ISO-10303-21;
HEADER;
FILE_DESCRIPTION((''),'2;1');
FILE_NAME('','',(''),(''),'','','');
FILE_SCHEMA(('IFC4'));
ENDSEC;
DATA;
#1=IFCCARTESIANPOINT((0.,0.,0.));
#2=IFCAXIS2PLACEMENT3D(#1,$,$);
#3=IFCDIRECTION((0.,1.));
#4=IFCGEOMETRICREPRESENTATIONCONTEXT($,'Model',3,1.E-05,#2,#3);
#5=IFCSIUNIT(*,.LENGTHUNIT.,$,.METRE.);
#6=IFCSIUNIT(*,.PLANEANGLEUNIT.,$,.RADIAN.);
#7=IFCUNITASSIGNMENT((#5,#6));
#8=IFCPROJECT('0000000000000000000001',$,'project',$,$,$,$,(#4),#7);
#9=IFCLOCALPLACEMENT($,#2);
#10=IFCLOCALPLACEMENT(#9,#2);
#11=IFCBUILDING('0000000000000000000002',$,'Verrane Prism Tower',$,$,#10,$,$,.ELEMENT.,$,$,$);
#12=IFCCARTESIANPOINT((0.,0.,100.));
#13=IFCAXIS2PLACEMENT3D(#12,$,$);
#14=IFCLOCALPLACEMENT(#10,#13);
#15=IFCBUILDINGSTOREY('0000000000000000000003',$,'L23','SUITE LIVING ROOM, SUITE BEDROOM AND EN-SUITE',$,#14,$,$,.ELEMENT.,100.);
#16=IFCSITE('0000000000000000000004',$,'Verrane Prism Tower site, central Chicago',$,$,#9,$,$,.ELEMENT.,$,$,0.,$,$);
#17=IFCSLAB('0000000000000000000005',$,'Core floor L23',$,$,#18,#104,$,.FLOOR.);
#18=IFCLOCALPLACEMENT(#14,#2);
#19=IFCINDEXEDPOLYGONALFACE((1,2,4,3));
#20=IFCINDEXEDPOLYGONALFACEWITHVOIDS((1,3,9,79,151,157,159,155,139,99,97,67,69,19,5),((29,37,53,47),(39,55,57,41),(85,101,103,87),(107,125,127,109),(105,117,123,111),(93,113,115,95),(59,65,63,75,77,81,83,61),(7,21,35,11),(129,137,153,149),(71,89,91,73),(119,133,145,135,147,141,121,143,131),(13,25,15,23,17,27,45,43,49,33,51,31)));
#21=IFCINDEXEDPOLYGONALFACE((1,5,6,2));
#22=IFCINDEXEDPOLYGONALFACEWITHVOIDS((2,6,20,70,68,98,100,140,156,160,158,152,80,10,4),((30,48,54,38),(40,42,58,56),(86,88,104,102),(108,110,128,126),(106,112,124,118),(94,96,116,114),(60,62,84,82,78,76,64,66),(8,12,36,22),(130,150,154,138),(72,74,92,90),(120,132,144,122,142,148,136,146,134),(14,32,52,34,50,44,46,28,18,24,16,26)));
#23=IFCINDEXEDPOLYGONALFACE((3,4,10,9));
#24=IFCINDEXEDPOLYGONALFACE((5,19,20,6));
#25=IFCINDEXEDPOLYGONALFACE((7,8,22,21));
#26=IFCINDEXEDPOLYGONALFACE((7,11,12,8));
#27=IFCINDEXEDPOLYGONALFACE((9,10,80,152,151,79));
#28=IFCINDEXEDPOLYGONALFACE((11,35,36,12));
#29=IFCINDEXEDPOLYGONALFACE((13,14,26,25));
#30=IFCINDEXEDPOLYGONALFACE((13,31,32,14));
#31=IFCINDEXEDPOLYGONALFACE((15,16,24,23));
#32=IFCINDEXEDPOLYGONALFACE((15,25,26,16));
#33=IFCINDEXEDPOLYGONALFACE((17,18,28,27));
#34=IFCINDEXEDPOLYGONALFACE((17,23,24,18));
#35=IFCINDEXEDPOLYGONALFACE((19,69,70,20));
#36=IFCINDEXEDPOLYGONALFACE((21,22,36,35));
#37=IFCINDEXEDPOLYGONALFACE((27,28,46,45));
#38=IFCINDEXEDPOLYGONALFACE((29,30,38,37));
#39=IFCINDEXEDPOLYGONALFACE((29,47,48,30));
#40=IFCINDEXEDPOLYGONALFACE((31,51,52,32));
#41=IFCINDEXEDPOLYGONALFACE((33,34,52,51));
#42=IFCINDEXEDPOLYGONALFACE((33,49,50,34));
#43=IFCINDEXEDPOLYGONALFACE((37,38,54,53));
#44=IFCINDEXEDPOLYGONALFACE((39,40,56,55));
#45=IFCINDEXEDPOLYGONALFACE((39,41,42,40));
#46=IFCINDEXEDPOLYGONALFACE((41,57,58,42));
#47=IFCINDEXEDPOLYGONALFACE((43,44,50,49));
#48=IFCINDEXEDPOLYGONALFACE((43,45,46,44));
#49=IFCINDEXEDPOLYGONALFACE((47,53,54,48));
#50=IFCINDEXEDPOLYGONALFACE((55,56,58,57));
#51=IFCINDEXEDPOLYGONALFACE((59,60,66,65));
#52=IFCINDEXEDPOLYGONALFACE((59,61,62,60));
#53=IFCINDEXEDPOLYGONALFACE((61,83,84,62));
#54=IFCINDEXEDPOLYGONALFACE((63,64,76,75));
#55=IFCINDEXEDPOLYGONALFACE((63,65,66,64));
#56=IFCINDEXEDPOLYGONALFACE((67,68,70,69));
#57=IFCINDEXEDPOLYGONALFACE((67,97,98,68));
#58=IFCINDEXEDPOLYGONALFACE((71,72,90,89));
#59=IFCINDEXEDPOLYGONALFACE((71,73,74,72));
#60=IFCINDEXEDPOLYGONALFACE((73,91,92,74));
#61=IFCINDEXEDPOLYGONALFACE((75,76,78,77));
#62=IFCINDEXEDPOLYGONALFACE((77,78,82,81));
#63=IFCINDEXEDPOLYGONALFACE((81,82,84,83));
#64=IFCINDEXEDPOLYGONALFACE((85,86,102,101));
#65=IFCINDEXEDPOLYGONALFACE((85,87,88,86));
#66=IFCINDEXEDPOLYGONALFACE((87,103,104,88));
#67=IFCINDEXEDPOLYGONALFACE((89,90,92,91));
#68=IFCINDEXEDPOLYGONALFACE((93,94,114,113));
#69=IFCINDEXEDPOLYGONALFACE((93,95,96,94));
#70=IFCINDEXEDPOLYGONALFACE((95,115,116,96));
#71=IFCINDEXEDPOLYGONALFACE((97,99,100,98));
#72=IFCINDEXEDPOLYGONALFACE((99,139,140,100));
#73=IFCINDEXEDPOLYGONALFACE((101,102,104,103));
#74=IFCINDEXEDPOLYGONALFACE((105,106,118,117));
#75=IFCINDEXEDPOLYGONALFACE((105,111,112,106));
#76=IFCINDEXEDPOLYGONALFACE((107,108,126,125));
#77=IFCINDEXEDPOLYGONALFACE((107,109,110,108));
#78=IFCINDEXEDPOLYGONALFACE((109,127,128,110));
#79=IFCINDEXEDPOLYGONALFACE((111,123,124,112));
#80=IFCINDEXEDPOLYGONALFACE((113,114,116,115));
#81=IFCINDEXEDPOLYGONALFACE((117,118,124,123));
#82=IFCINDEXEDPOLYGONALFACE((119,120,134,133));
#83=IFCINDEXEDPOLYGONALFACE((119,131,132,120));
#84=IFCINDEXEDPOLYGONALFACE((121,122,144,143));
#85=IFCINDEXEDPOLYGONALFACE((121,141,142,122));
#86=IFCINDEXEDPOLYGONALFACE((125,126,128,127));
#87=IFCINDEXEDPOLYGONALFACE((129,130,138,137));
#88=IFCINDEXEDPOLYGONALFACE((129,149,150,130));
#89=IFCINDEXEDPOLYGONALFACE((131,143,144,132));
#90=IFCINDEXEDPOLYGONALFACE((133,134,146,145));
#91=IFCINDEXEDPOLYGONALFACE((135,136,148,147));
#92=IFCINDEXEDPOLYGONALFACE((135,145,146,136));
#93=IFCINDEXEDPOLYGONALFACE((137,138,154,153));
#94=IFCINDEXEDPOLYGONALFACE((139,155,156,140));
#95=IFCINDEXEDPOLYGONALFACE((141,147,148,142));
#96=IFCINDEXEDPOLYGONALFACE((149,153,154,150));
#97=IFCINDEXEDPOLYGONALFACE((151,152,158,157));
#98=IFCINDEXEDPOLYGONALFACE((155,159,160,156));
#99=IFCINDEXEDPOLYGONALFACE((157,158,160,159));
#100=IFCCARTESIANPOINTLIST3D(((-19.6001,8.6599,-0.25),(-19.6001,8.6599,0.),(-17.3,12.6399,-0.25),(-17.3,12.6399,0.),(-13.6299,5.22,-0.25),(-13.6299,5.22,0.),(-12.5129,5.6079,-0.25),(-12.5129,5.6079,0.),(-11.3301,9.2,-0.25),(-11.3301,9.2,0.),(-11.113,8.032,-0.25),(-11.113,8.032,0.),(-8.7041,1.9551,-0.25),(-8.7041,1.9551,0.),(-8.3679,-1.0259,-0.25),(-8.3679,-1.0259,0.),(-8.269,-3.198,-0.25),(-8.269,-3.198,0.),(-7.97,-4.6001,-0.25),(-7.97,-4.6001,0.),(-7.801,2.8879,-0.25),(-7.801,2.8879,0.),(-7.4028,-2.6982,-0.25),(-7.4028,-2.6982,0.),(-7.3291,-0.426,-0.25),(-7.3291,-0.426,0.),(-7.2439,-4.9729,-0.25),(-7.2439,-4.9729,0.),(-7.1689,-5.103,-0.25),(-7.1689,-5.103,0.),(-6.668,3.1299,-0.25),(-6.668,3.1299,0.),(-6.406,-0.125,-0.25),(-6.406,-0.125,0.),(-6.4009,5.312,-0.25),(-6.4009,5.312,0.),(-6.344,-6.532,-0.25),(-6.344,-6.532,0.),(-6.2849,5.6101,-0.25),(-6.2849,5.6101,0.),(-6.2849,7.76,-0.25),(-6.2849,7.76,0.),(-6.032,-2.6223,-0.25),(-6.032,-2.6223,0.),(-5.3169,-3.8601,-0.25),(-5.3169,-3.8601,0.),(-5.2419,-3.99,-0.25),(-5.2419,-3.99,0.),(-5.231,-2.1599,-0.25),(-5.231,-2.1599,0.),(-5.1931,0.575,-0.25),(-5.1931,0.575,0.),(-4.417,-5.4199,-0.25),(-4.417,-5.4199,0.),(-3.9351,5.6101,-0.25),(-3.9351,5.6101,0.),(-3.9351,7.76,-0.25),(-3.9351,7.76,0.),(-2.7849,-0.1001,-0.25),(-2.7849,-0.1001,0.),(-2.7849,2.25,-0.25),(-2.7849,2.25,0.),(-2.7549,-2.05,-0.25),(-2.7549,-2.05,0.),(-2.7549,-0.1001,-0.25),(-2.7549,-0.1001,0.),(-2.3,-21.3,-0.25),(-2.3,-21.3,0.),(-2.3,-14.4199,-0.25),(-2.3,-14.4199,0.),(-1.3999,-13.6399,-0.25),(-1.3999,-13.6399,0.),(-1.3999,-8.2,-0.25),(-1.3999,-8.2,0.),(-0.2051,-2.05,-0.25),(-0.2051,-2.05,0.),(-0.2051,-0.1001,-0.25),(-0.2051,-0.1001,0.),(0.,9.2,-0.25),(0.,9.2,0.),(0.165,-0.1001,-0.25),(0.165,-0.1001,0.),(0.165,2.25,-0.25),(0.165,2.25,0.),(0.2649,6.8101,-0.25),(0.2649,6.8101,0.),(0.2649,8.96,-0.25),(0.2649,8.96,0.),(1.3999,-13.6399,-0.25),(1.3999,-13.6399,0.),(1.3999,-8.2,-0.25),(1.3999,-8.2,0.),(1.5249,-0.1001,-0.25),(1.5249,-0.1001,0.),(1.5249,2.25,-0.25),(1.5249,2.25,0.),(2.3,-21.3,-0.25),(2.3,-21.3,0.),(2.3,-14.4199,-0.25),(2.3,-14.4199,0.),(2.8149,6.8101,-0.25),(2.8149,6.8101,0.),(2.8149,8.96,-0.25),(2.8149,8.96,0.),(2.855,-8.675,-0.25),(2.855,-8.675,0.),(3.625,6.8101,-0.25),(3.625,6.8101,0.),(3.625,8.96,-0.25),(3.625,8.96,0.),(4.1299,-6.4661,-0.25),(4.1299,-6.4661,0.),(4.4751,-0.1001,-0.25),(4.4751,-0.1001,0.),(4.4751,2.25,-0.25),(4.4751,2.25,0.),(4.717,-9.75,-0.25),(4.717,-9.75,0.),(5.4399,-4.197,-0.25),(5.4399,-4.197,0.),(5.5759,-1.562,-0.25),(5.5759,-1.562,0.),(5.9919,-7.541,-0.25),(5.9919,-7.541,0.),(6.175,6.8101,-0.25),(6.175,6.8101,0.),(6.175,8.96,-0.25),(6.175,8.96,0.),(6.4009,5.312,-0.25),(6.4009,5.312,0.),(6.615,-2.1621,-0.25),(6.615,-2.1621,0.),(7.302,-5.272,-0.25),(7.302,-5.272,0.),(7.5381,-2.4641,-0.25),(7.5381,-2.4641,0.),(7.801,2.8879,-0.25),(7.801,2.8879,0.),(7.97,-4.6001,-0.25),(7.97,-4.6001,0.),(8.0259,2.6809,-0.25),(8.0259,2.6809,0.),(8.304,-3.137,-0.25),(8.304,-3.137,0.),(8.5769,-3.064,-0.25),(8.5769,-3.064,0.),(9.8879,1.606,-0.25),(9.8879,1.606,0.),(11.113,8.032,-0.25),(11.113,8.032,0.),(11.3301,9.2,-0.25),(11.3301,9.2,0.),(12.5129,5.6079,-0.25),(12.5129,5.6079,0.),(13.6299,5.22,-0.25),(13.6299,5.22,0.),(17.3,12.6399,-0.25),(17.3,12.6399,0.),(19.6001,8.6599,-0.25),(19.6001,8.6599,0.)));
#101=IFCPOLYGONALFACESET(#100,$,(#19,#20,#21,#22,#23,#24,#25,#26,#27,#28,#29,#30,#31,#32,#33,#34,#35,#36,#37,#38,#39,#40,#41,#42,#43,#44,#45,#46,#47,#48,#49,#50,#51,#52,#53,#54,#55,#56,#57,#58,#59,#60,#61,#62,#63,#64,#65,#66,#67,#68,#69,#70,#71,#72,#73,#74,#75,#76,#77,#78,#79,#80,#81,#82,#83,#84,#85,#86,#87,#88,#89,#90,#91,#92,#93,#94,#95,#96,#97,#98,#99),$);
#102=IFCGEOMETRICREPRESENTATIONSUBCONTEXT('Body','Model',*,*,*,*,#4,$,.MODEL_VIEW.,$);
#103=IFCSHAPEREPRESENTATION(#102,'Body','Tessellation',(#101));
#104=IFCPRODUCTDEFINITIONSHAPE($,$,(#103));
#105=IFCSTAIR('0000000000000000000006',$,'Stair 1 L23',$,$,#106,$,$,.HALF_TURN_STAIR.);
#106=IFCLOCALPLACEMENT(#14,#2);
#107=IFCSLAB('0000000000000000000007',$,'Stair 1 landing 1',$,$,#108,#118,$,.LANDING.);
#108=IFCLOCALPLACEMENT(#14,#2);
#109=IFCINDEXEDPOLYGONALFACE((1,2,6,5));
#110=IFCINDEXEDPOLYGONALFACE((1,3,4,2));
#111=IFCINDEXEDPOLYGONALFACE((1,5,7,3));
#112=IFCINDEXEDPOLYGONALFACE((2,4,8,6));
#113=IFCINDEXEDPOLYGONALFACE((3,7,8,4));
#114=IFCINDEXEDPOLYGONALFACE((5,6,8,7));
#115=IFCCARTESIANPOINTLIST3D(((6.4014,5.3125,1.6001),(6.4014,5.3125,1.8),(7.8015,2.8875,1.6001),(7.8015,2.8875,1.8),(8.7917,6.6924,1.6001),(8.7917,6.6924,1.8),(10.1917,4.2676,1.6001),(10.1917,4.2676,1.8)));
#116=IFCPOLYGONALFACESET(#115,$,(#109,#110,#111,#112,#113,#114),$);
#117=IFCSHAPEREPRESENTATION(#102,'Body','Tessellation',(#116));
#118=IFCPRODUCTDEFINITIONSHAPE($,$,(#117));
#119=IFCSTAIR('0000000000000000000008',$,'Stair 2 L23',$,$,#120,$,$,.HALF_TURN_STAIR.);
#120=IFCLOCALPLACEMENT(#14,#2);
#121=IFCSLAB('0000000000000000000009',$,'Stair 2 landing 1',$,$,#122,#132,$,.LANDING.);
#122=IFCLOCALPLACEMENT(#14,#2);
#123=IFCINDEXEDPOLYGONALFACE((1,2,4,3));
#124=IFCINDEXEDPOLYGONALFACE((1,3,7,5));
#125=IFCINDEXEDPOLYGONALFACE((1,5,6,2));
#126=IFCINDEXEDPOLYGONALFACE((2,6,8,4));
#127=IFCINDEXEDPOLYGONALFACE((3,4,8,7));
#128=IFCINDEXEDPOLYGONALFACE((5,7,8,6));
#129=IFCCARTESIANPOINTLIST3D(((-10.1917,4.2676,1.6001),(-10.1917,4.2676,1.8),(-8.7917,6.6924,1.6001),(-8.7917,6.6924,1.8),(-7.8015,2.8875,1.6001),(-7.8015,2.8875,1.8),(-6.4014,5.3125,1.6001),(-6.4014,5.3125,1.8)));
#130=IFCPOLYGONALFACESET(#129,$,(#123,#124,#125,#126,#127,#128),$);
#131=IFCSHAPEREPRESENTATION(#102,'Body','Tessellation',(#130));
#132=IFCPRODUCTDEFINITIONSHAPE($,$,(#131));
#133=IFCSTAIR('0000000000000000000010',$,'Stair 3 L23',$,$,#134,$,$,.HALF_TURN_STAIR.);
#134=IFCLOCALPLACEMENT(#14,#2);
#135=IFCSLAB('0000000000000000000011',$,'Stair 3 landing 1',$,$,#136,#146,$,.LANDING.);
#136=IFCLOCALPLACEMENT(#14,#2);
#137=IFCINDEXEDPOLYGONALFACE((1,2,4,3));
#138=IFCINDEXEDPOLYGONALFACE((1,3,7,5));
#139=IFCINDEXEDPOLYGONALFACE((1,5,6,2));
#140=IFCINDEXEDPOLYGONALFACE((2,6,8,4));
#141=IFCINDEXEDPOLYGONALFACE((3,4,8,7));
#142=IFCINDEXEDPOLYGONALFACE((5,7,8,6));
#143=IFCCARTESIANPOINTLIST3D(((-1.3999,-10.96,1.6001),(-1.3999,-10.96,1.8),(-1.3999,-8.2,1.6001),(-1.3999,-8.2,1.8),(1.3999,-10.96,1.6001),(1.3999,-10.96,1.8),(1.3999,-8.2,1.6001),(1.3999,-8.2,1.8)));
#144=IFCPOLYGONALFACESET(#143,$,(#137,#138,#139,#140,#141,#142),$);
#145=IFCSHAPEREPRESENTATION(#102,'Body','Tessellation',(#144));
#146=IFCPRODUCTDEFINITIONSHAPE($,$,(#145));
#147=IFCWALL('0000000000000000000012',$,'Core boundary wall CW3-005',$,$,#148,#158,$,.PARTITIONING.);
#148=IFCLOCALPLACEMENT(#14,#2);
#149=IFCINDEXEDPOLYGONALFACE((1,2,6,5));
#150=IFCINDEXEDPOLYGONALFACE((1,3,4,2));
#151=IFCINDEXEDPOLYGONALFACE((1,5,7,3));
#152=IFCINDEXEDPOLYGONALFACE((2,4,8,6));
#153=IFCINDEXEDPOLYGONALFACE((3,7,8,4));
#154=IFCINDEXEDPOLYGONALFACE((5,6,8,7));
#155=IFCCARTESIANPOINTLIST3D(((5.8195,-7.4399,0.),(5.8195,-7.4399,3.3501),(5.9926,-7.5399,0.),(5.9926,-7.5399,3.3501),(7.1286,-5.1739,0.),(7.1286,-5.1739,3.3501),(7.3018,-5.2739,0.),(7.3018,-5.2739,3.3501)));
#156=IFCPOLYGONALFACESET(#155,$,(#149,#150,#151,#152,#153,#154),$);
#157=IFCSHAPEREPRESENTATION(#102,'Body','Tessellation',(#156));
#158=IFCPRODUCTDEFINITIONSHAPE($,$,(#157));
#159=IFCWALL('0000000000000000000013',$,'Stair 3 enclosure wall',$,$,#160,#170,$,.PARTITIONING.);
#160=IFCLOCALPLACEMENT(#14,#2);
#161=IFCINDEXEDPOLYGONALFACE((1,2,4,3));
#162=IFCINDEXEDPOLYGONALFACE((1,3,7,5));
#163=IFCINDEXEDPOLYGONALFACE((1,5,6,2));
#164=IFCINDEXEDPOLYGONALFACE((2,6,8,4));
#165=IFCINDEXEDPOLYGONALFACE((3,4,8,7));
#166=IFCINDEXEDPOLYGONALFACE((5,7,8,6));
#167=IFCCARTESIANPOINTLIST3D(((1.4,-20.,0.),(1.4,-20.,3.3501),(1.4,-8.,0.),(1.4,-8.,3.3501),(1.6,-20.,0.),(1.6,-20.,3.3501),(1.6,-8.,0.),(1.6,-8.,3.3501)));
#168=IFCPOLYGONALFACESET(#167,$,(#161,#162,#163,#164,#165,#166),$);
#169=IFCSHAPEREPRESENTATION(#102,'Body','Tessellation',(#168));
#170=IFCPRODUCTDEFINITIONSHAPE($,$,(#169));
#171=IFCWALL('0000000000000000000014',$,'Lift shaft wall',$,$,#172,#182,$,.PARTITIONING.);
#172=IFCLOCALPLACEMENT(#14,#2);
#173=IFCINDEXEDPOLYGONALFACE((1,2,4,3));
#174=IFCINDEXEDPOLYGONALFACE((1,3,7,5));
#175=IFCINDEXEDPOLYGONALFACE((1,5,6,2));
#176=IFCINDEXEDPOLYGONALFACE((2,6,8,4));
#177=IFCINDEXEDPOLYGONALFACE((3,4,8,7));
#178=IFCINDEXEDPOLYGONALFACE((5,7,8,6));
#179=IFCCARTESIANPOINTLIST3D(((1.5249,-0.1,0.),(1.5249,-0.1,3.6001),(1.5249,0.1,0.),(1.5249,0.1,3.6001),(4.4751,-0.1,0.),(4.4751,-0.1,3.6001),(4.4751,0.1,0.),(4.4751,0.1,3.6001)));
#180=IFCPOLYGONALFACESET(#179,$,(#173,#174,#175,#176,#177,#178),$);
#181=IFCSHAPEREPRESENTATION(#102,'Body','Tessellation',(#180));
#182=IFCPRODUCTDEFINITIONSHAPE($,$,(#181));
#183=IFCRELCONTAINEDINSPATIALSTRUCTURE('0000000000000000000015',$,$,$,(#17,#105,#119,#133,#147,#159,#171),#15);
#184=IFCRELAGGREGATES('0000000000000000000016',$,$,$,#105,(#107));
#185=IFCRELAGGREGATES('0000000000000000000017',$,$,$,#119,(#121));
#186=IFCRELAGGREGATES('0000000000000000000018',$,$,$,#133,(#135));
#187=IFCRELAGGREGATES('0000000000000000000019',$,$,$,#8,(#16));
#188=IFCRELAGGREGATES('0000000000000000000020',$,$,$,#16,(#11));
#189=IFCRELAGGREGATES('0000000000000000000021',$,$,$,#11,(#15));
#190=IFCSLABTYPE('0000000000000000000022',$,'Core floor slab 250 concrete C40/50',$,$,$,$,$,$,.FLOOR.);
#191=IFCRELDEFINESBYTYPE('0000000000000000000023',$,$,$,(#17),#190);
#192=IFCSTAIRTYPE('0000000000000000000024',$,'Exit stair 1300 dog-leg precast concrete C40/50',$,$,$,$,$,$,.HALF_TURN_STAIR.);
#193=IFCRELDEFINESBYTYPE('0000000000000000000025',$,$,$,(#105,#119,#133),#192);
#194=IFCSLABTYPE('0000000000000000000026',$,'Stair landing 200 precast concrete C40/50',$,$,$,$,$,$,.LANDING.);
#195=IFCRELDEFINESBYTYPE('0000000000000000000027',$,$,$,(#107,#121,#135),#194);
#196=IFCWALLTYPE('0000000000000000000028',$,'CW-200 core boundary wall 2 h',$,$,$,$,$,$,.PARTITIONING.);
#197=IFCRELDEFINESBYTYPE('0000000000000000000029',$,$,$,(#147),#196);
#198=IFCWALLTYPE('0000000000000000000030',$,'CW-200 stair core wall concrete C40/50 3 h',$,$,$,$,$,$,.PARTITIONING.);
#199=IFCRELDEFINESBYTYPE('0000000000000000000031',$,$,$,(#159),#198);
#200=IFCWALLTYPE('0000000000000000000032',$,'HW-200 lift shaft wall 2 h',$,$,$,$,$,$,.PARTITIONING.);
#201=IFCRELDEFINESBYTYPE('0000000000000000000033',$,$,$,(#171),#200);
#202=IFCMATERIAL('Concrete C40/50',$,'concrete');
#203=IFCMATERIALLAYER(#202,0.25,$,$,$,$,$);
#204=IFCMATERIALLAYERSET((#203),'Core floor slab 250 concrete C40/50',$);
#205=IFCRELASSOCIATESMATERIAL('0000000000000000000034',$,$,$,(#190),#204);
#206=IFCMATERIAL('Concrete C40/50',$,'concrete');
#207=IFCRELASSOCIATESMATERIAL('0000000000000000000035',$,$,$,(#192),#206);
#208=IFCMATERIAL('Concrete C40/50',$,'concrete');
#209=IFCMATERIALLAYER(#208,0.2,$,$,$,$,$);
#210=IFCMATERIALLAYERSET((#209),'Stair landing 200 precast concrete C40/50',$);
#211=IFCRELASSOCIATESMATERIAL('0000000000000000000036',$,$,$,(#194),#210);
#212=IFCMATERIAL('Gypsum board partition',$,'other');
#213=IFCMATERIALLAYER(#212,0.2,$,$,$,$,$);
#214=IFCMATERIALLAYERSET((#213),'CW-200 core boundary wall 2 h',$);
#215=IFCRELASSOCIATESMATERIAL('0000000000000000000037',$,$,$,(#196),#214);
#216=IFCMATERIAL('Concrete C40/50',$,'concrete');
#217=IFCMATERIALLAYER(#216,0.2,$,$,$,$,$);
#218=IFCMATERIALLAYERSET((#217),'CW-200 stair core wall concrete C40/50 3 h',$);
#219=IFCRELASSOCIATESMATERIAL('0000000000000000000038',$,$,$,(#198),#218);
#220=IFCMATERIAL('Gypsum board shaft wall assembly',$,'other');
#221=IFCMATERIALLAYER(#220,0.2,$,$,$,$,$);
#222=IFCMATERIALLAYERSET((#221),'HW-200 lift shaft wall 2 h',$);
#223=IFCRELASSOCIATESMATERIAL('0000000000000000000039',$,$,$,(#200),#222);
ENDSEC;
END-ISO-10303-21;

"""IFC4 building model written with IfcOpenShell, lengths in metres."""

from ifc_helpers import new_model, si_unit, direction, frame, frame_2d, origin, place, context, subcontext, project, spatial, polyline, rectangle, outline, extrude, material, layer, layer_set, type_object, element, aggregate, save


model = new_model("IFC4")

# Units and contexts
model_context = context("Model", 3, precision=1e-05, world=origin(), true_north=direction((0.0, 1.0)))
body_context = subcontext(model_context, "Body", "Model", "MODEL_VIEW")
ifc_project = project(units=[si_unit("LENGTHUNIT", "METRE"), si_unit("PLANEANGLEUNIT", "RADIAN")], contexts=[model_context])

# Site, building, storey
site_placement = place(None, origin())
site = spatial("IfcSite", under=ifc_project, at=site_placement, Name="Verrane Prism Tower site, central Chicago", CompositionType="ELEMENT", RefElevation=0.0)
building_placement = place(site_placement, origin())
building = spatial("IfcBuilding", under=site, at=building_placement, Name="Verrane Prism Tower", CompositionType="ELEMENT")
storey_placement = place(building_placement, frame((0.0, 0.0, 100.0)))
storey = spatial("IfcBuildingStorey", under=building, at=storey_placement, Name="L23", Description="SUITE LIVING ROOM, SUITE BEDROOM AND EN-SUITE", CompositionType="ELEMENT", Elevation=100.0)

# Slab
ifc_material_1 = material(Name="Concrete C40/50", Category="concrete")
ifc_layer_1 = layer(ifc_material_1, 0.25)
ifc_layer_set_1 = layer_set([ifc_layer_1], Name="Core floor slab 250 concrete C40/50")
slab_type_1 = type_object("IfcSlabType", Name="Core floor slab 250 concrete C40/50", PredefinedType="FLOOR", material=ifc_layer_set_1)
slab_1_placement = place(storey_placement, frame((0.0, 0.0, -0.25)))
element("IfcSlab", 1, at=slab_1_placement, inside=storey, type_object=slab_type_1, Name="Core floor L23", PredefinedType="FLOOR", context=body_context, shape_type="SweptSolid", body=[
    extrude(outline(polyline([(13.6299, 5.22), (19.6001, 8.6599), (17.3, 12.6399), (11.3301, 9.2), (0.0, 9.2), (-11.3301, 9.2), (-17.3, 12.6399), (-19.6001, 8.6599), (-13.6299, 5.22), (-7.97, -4.6001), (-2.3, -14.4199), (-2.3, -21.3), (2.3, -21.3), (2.3, -14.4199), (7.97, -4.6001), (13.6299, 5.22)]), holes=[polyline([(1.3999, -8.2), (1.3999, -13.6399), (-1.3999, -13.6399), (-1.3999, -8.2), (1.3999, -8.2)]), polyline([(-4.417, -5.4199), (-6.344, -6.532), (-7.1689, -5.103), (-5.2419, -3.99), (-4.417, -5.4199)]), polyline([(0.165, 2.25), (0.165, -0.1001), (-0.2051, -0.1001), (-0.2051, -2.05), (-2.7549, -2.05), (-2.7549, -0.1001), (-2.7849, -0.1001), (-2.7849, 2.25), (0.165, 2.25)]), polyline([(-12.5129, 5.6079), (-11.113, 8.032), (-6.4009, 5.312), (-7.801, 2.8879), (-12.5129, 5.6079)]), polyline([(-6.2849, 5.6101), (-6.2849, 7.76), (-3.9351, 7.76), (-3.9351, 5.6101), (-6.2849, 5.6101)]), polyline([(4.717, -9.75), (2.855, -8.675), (4.1299, -6.4661), (5.9919, -7.541), (4.717, -9.75)]), polyline([(8.304, -3.137), (5.5759, -1.562), (8.0259, 2.6809), (9.8879, 1.606), (7.5381, -2.4641), (8.5769, -3.064), (7.302, -5.272), (5.4399, -4.197), (6.615, -2.1621), (8.304, -3.137)]), polyline([(1.5249, -0.1001), (1.5249, 2.25), (4.4751, 2.25), (4.4751, -0.1001), (1.5249, -0.1001)]), polyline([(6.4009, 5.312), (11.113, 8.032), (12.5129, 5.6079), (7.801, 2.8879), (6.4009, 5.312)]), polyline([(0.2649, 6.8101), (0.2649, 8.96), (2.8149, 8.96), (2.8149, 6.8101), (0.2649, 6.8101)]), polyline([(3.625, 6.8101), (3.625, 8.96), (6.175, 8.96), (6.175, 6.8101), (3.625, 6.8101)]), polyline([(-5.231, -2.1599), (-6.032, -2.6223), (-5.3169, -3.8601), (-7.2439, -4.9729), (-8.269, -3.198), (-7.4028, -2.6982), (-8.3679, -1.0259), (-7.3291, -0.426), (-8.7041, 1.9551), (-6.668, 3.1299), (-5.1931, 0.575), (-6.406, -0.125), (-5.231, -2.1599)])]), origin(), (0.0, 0.0, 1.0), 0.25),
])

# Stairs, slabs
ifc_material_2 = material(Name="Concrete C40/50", Category="concrete")
stair_type = type_object("IfcStairType", Name="Exit stair 1300 dog-leg precast concrete C40/50", PredefinedType="HALF_TURN_STAIR", material=ifc_material_2)
stair_1_placement = place(storey_placement, origin())
stair_1 = element("IfcStair", 2, at=stair_1_placement, inside=storey, type_object=stair_type, Name="Stair 1 L23", PredefinedType="HALF_TURN_STAIR")
ifc_material_3 = material(Name="Concrete C40/50", Category="concrete")
ifc_layer_2 = layer(ifc_material_3, 0.2)
ifc_layer_set_2 = layer_set([ifc_layer_2], Name="Stair landing 200 precast concrete C40/50")
slab_type_2 = type_object("IfcSlabType", Name="Stair landing 200 precast concrete C40/50", PredefinedType="LANDING", material=ifc_layer_set_2)
slab_2_placement = place(storey_placement, frame((0.0, 0.0, 1.6001)))
slab_2 = element("IfcSlab", 3, at=slab_2_placement, type_object=slab_type_2, Name="Stair 1 landing 1", PredefinedType="LANDING", context=body_context, shape_type="SweptSolid", body=[
    extrude(outline(polyline([(8.7917, 6.6924), (6.4014, 5.3125), (7.8015, 2.8875), (10.1917, 4.2676), (8.7917, 6.6924)])), origin(), (0.0, 0.0, 1.0), 0.2),
])
aggregate(stair_1, [slab_2])
stair_2_placement = place(storey_placement, origin())
stair_2 = element("IfcStair", 4, at=stair_2_placement, inside=storey, type_object=stair_type, Name="Stair 2 L23", PredefinedType="HALF_TURN_STAIR")
slab_3_placement = place(storey_placement, frame((0.0, 0.0, 1.6001)))
slab_3 = element("IfcSlab", 5, at=slab_3_placement, type_object=slab_type_2, Name="Stair 2 landing 1", PredefinedType="LANDING", context=body_context, shape_type="SweptSolid", body=[
    extrude(outline(polyline([(-10.1917, 4.2676), (-7.8015, 2.8875), (-6.4014, 5.3125), (-8.7917, 6.6924), (-10.1917, 4.2676)])), origin(), (0.0, 0.0, 1.0), 0.2),
])
aggregate(stair_2, [slab_3])
stair_3_placement = place(storey_placement, origin())
stair_3 = element("IfcStair", 6, at=stair_3_placement, inside=storey, type_object=stair_type, Name="Stair 3 L23", PredefinedType="HALF_TURN_STAIR")
slab_4_placement = place(storey_placement, frame((0.0, 0.0, 1.6001)))
slab_4 = element("IfcSlab", 7, at=slab_4_placement, type_object=slab_type_2, Name="Stair 3 landing 1", PredefinedType="LANDING", context=body_context, shape_type="SweptSolid", body=[
    extrude(outline(polyline([(1.3999, -10.96), (1.3999, -8.2), (-1.3999, -8.2), (-1.3999, -10.96), (1.3999, -10.96)])), origin(), (0.0, 0.0, 1.0), 0.2),
])
aggregate(stair_3, [slab_4])

# Walls
ifc_material_4 = material(Name="Gypsum board partition", Category="other")
ifc_layer_3 = layer(ifc_material_4, 0.2)
ifc_layer_set_3 = layer_set([ifc_layer_3], Name="CW-200 core boundary wall 2 h")
wall_type_1 = type_object("IfcWallType", Name="CW-200 core boundary wall 2 h", PredefinedType="PARTITIONING", material=ifc_layer_set_3)
wall_1_placement = place(storey_placement, frame((5.906, -7.49, 0.0), z_axis=(0.0, 0.0, 1.0), x_axis=(0.500253, 0.865879, 0.0)))
element("IfcWall", 8, at=wall_1_placement, inside=storey, type_object=wall_type_1, Name="Core boundary wall CW3-005", PredefinedType="PARTITIONING", context=body_context, shape_type="SweptSolid", body=[
    extrude(rectangle(XDim=2.6169, YDim=0.2, at=frame_2d((1.3086, 0.0))), origin(), (0.0, 0.0, 1.0), 3.3501),
])
ifc_material_5 = material(Name="Concrete C40/50", Category="concrete")
ifc_layer_4 = layer(ifc_material_5, 0.2)
ifc_layer_set_4 = layer_set([ifc_layer_4], Name="CW-200 stair core wall concrete C40/50 3 h")
wall_type_2 = type_object("IfcWallType", Name="CW-200 stair core wall concrete C40/50 3 h", PredefinedType="PARTITIONING", material=ifc_layer_set_4)
wall_2_placement = place(storey_placement, frame((1.5, -8.0, 0.0), z_axis=(0.0, 0.0, 1.0), x_axis=(0.0, -1.0, 0.0)))
element("IfcWall", 9, at=wall_2_placement, inside=storey, type_object=wall_type_2, Name="Stair 3 enclosure wall", PredefinedType="PARTITIONING", context=body_context, shape_type="SweptSolid", body=[
    extrude(rectangle(XDim=12.0, YDim=0.2, at=frame_2d((6.0, 0.0))), origin(), (0.0, 0.0, 1.0), 3.3501),
])
ifc_material_6 = material(Name="Gypsum board shaft wall assembly", Category="other")
ifc_layer_5 = layer(ifc_material_6, 0.2)
ifc_layer_set_5 = layer_set([ifc_layer_5], Name="HW-200 lift shaft wall 2 h")
wall_type_3 = type_object("IfcWallType", Name="HW-200 lift shaft wall 2 h", PredefinedType="PARTITIONING", material=ifc_layer_set_5)
wall_3_placement = place(storey_placement, frame((1.5249, 0.0, 0.0), z_axis=(0.0, 0.0, 1.0), x_axis=(1.0, 0.0, 0.0)))
element("IfcWall", 10, at=wall_3_placement, inside=storey, type_object=wall_type_3, Name="Lift shaft wall", PredefinedType="PARTITIONING", context=body_context, shape_type="SweptSolid", body=[
    extrude(rectangle(XDim=2.9502, YDim=0.2, at=frame_2d((1.4751, 0.0))), origin(), (0.0, 0.0, 1.0), 3.6001),
])

save(model, "model.ifc")
